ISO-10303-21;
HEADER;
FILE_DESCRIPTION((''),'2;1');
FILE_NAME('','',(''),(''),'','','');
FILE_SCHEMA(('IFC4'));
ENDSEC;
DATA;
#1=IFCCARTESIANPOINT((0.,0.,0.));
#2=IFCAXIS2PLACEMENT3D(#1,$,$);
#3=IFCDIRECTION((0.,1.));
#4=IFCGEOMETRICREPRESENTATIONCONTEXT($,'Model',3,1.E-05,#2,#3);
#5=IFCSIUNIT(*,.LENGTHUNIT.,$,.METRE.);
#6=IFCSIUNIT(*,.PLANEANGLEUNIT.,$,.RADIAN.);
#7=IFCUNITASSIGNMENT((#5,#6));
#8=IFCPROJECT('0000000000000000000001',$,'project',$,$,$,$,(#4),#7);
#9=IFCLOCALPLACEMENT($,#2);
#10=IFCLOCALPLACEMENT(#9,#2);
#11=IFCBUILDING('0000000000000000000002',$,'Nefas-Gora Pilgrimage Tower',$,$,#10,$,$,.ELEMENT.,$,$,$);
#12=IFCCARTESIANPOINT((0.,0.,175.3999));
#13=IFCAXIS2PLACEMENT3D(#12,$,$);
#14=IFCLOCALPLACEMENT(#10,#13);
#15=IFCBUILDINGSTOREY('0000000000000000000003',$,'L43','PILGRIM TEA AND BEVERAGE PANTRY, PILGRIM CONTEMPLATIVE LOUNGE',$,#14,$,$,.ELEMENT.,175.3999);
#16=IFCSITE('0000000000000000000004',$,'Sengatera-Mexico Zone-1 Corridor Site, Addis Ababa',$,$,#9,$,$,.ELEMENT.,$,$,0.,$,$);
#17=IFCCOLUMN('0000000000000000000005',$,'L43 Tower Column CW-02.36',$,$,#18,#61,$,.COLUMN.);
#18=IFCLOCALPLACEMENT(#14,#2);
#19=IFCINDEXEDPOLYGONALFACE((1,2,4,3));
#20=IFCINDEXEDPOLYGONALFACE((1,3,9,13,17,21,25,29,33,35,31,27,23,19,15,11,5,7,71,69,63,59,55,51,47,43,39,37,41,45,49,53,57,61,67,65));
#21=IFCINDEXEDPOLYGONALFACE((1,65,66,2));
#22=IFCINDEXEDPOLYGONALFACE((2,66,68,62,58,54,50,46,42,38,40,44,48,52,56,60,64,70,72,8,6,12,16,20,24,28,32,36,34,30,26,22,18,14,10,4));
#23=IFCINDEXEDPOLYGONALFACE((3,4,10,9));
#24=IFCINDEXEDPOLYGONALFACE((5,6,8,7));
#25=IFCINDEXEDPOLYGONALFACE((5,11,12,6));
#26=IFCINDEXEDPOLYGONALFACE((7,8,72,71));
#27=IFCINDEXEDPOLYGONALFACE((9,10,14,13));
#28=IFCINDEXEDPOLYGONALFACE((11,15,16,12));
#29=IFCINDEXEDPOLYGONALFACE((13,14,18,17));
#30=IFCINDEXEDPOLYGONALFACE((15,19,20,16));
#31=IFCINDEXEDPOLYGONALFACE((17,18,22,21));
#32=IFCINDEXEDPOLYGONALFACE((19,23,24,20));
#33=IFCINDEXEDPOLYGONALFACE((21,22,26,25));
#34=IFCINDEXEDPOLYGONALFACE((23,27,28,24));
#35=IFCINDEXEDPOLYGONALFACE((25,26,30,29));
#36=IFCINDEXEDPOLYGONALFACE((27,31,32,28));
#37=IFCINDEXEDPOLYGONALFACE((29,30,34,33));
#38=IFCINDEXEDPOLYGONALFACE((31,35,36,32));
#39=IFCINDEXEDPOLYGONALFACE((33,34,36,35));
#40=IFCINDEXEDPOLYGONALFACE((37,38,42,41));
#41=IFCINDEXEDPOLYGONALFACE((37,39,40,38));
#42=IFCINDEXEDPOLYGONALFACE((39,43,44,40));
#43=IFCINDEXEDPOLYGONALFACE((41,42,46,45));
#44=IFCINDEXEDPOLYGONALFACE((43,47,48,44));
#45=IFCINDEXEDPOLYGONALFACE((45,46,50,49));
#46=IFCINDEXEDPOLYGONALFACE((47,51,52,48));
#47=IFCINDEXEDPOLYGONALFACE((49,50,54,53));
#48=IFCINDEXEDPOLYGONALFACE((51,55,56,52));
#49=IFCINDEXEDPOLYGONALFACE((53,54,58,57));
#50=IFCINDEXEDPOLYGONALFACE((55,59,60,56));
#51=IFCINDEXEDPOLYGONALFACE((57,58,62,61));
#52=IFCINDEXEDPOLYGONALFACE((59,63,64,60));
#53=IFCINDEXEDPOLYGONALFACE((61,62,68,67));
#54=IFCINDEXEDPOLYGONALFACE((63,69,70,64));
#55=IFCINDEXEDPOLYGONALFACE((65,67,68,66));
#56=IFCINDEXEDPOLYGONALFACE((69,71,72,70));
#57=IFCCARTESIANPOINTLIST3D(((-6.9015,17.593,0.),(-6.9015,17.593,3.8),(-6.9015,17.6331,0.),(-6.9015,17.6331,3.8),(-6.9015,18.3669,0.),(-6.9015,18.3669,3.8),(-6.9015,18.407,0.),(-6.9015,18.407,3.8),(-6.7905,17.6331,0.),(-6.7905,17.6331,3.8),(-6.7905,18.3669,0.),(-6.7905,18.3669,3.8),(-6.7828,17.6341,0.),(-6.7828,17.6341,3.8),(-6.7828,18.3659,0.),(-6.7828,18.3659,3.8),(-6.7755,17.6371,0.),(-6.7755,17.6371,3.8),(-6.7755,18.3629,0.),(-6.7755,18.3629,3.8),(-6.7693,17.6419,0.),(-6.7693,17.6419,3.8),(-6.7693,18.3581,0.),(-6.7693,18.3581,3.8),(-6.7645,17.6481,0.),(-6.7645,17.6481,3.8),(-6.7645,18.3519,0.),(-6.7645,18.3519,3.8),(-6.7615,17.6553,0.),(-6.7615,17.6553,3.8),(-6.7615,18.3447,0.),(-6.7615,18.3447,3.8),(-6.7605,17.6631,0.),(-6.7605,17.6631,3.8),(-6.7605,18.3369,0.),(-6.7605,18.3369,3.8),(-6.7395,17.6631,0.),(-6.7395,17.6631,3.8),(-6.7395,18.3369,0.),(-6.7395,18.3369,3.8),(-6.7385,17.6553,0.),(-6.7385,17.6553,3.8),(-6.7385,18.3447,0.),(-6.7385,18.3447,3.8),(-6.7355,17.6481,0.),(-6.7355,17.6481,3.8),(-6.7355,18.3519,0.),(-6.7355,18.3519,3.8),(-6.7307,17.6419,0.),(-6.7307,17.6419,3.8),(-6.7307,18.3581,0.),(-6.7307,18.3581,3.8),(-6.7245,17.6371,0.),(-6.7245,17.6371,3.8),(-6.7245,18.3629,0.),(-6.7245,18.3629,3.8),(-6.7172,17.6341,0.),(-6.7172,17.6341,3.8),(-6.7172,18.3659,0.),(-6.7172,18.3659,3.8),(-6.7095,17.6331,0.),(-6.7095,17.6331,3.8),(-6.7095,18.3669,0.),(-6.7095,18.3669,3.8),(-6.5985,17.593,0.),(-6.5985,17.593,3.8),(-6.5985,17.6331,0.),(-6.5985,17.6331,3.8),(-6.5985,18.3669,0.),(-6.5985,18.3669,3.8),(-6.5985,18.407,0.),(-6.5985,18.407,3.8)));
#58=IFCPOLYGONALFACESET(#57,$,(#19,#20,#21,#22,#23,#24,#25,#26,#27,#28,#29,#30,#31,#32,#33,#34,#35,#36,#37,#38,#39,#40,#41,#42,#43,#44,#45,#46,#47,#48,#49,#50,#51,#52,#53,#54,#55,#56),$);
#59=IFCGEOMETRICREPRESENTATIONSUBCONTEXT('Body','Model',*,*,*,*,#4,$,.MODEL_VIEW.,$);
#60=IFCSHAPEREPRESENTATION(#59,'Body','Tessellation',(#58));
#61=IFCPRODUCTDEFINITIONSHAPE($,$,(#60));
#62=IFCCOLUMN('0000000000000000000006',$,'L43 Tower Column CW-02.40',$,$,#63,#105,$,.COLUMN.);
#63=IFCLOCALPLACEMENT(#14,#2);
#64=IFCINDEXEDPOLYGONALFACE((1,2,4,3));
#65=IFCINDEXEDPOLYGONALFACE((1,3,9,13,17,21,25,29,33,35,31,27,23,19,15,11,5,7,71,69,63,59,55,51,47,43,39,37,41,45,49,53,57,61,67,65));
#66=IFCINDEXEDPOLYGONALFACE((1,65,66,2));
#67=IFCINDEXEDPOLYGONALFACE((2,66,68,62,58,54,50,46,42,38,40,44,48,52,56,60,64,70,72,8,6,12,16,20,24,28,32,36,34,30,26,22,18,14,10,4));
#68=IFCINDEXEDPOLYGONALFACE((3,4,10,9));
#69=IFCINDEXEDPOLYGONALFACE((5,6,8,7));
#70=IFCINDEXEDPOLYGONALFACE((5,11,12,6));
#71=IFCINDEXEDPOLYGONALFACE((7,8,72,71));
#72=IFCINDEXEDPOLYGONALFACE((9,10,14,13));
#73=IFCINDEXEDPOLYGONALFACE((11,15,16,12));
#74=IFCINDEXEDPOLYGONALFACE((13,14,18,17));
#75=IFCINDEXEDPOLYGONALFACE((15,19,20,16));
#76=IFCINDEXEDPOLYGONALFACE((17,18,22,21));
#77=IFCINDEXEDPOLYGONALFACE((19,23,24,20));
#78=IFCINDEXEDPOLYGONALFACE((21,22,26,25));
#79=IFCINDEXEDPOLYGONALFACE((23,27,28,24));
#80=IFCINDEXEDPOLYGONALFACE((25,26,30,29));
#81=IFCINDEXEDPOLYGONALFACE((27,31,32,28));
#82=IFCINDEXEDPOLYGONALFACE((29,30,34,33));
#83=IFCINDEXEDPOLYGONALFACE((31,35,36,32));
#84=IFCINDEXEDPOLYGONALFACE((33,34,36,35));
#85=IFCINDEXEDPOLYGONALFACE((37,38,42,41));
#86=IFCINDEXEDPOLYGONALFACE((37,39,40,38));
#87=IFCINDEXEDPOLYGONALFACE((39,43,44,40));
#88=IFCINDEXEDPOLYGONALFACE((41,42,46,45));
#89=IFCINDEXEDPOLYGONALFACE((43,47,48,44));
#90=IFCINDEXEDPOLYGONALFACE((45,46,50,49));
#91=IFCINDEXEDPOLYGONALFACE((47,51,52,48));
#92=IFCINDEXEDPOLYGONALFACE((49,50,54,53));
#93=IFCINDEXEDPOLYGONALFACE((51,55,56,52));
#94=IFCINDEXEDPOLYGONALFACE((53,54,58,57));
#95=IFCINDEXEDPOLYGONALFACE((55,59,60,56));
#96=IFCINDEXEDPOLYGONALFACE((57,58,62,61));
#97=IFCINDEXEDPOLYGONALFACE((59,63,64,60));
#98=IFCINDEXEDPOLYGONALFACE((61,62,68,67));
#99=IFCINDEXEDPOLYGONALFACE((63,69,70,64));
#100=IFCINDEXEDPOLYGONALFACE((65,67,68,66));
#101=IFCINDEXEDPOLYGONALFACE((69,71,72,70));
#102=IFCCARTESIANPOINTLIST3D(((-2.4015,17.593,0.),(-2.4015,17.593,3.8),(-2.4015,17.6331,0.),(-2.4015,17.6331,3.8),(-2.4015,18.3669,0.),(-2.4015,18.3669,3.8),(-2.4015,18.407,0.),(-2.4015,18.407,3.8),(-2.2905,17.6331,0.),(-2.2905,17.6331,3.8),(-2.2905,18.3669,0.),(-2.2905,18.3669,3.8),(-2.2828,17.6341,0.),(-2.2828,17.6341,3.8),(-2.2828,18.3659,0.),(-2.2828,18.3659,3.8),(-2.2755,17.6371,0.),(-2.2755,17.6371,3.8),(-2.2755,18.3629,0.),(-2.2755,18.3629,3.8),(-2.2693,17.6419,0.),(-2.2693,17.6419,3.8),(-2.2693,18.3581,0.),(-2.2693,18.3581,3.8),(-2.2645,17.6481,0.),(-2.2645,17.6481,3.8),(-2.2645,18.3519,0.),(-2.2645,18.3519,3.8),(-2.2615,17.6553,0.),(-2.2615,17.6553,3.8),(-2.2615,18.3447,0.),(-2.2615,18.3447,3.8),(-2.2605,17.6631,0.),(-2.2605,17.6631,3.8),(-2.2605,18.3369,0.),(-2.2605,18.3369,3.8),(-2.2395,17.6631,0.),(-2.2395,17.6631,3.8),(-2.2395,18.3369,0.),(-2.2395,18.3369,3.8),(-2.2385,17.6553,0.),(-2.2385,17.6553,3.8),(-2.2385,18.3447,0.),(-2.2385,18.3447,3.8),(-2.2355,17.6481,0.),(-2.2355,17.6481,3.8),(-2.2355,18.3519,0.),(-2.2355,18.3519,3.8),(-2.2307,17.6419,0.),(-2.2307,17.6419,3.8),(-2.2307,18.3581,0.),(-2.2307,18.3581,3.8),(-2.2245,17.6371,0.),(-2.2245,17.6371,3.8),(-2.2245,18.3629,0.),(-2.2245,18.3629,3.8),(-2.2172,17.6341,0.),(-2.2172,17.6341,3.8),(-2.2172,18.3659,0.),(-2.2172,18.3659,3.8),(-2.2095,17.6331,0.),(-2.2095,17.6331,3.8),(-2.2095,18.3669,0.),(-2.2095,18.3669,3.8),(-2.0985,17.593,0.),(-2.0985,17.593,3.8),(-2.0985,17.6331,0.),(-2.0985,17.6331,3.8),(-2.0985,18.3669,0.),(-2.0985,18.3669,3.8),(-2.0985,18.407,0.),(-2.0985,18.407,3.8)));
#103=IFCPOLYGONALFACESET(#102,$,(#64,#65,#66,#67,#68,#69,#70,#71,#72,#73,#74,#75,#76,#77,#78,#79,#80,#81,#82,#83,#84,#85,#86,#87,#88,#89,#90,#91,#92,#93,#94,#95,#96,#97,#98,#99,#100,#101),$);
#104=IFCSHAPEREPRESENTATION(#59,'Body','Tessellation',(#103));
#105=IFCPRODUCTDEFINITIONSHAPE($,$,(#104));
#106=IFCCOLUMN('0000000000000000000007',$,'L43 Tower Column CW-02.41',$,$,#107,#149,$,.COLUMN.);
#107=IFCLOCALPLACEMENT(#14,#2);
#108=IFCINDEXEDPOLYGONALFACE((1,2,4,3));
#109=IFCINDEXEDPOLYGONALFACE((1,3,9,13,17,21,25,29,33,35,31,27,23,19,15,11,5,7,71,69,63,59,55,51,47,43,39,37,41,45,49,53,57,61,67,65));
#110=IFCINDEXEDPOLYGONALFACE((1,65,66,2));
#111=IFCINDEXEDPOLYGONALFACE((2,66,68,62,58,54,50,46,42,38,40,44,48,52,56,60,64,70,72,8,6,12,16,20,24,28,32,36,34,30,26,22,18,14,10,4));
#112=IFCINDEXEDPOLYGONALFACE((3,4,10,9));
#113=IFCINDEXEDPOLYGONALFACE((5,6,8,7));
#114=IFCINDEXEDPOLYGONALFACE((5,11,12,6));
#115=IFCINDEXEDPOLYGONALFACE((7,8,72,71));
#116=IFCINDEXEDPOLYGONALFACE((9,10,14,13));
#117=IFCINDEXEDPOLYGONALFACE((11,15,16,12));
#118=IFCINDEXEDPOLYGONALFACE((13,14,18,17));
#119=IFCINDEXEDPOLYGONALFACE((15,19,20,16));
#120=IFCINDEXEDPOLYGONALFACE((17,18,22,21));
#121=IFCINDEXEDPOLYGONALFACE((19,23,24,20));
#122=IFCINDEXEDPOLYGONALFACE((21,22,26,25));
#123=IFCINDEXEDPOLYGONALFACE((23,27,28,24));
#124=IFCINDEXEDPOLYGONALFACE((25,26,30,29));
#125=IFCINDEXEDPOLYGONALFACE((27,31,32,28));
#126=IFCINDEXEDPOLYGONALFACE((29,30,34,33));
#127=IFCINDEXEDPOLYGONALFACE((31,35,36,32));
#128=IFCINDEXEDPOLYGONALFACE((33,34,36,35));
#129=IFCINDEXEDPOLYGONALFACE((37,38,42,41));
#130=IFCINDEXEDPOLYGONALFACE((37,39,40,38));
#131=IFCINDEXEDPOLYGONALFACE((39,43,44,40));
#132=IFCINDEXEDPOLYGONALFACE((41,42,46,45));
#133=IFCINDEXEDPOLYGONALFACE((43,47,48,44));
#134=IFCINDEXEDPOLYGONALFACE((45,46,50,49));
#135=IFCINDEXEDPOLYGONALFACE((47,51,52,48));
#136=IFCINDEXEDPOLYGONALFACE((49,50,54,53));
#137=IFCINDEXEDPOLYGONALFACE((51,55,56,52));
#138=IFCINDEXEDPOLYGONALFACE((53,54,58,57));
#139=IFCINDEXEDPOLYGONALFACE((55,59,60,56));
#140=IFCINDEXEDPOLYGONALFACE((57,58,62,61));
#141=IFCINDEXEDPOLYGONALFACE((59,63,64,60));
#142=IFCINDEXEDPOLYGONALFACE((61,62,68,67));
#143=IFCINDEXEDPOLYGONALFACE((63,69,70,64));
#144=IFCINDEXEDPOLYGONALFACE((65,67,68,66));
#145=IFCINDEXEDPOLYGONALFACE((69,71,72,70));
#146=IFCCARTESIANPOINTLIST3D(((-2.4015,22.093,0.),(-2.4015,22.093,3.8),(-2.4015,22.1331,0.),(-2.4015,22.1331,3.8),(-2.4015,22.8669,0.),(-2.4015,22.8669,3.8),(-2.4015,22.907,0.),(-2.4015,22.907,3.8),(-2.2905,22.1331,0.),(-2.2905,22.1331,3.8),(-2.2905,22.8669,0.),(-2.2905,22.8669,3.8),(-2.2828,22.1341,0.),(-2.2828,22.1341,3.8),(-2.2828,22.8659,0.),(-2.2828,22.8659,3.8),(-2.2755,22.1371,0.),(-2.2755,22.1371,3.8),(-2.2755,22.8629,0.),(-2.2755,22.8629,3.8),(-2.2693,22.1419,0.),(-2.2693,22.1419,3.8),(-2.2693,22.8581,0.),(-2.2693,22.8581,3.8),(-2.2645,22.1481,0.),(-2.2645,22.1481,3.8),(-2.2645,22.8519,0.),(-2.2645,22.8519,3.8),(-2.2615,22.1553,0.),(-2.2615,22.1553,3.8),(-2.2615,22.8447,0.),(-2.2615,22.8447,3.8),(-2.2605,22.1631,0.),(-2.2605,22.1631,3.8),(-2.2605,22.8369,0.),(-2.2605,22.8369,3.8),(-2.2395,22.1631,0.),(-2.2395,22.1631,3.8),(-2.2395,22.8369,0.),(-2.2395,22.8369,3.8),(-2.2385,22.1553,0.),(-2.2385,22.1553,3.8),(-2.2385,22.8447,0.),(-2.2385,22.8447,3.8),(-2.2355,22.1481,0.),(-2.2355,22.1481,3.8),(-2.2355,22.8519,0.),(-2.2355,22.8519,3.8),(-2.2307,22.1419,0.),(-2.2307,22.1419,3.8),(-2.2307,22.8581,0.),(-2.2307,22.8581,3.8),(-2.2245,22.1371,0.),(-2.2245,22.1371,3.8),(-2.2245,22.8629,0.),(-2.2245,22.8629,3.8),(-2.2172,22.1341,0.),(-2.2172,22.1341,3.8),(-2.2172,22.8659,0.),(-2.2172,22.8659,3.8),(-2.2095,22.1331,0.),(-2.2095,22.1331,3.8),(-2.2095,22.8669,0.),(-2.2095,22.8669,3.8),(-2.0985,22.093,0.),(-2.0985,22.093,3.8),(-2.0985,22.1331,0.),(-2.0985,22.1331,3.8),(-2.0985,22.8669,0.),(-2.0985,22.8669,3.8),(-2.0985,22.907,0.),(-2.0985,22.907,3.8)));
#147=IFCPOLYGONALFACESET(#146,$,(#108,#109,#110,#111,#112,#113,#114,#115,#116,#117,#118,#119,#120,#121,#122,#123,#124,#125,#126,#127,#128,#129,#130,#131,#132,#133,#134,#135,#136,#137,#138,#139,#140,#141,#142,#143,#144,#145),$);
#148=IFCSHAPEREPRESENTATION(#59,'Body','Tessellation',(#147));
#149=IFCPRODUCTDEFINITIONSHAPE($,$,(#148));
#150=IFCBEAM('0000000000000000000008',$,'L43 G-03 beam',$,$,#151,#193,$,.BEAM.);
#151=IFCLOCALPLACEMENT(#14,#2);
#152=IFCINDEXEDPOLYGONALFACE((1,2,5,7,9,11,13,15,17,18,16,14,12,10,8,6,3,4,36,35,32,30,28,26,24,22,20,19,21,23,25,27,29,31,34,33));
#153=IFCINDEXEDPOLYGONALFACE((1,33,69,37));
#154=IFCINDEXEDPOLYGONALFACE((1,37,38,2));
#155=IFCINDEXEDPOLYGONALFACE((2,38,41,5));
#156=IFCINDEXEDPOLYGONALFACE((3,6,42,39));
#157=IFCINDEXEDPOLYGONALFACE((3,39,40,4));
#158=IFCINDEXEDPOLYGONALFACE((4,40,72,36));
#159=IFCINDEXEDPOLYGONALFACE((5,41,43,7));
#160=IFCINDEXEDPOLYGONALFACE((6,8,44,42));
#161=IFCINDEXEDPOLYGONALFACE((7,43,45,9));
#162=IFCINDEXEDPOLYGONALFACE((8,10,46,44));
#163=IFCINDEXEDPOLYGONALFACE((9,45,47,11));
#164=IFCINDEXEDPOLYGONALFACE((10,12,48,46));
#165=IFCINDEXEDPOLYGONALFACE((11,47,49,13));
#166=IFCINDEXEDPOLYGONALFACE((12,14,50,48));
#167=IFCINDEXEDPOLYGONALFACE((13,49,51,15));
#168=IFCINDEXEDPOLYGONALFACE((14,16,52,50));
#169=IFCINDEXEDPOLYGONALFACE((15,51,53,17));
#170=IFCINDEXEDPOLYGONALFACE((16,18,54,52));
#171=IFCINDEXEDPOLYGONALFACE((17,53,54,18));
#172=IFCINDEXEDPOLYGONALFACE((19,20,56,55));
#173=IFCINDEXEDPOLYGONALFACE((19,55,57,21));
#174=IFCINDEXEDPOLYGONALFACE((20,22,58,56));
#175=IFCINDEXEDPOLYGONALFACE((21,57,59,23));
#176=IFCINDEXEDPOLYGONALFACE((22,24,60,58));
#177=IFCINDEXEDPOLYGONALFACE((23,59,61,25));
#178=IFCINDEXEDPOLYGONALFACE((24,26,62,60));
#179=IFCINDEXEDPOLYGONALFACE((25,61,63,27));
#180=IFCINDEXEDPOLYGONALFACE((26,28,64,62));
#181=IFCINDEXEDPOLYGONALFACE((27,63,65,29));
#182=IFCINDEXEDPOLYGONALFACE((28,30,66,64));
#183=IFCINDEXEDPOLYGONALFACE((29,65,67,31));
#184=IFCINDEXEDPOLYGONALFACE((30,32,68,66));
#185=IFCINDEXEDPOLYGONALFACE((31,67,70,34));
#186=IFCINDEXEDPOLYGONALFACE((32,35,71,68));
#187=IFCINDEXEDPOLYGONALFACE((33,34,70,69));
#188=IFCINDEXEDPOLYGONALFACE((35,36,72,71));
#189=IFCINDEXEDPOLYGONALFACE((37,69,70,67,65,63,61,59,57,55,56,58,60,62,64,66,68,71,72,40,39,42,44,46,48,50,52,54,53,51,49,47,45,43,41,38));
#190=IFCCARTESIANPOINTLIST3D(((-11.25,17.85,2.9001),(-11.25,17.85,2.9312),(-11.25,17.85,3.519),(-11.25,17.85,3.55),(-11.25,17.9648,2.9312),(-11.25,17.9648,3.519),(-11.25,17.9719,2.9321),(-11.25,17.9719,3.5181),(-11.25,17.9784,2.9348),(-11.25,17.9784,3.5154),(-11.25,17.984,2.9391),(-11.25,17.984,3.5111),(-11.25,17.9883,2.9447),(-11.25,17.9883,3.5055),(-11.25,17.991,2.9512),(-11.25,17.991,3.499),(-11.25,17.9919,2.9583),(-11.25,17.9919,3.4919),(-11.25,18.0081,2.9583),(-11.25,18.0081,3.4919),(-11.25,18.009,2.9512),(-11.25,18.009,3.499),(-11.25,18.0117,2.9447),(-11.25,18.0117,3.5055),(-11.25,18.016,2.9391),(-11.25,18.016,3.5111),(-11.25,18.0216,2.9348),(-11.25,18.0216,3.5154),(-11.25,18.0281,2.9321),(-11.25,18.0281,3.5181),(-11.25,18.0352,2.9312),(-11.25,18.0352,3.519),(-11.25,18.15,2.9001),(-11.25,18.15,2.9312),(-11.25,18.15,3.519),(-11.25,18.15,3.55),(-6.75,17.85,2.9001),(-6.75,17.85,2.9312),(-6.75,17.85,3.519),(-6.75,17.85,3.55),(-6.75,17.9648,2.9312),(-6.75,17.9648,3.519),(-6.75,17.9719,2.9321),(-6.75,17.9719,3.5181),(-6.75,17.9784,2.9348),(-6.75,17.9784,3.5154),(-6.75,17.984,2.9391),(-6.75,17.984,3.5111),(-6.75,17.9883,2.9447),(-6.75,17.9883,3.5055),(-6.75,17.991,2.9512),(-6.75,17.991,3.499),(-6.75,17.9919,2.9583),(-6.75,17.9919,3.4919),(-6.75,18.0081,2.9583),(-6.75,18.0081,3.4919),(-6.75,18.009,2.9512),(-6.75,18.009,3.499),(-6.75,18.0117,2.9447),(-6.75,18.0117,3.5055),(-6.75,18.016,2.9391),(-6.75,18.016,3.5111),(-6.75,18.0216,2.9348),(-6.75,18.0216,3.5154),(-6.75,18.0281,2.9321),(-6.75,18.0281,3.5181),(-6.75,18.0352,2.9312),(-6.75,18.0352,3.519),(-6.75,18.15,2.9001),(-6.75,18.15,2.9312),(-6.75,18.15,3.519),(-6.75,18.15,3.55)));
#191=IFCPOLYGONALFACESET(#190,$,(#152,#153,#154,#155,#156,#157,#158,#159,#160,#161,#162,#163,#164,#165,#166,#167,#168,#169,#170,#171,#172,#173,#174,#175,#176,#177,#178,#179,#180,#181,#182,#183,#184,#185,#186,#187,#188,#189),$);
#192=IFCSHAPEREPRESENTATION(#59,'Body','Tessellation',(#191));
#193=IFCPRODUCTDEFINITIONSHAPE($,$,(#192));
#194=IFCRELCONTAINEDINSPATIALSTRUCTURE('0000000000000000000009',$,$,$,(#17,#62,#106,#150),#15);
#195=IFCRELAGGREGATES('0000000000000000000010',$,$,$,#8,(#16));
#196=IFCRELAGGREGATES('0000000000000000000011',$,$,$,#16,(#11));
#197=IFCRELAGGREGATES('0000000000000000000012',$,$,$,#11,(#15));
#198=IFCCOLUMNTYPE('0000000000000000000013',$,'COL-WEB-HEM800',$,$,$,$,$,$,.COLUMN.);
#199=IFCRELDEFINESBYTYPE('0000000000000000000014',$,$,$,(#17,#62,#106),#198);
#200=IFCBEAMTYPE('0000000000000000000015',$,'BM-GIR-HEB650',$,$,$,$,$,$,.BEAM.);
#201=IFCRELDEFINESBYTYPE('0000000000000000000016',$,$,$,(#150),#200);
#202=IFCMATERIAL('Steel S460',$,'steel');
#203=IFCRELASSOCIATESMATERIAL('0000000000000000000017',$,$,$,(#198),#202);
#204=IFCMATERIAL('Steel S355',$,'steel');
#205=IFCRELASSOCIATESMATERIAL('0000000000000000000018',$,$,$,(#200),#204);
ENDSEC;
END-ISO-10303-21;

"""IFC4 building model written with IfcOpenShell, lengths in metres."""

from ifc_helpers import new_model, si_unit, direction, frame, origin, origin_2d, place, context, subcontext, project, spatial, i_section, extrude, source, transform, mapped, material, material_profile, profile_set, type_object, element, save


model = new_model("IFC4")

# Units and contexts
model_context = context("Model", 3, precision=1e-05, world=origin(), true_north=direction((0.0, 1.0)))
body_context = subcontext(model_context, "Body", "Model", "MODEL_VIEW")
ifc_project = project(units=[si_unit("LENGTHUNIT", "METRE"), si_unit("PLANEANGLEUNIT", "RADIAN")], contexts=[model_context])

# Site, building, storey
site_placement = place(None, origin())
site = spatial("IfcSite", under=ifc_project, at=site_placement, Name="Sengatera-Mexico Zone-1 Corridor Site, Addis Ababa", CompositionType="ELEMENT", RefElevation=0.0)
building_placement = place(site_placement, origin())
building = spatial("IfcBuilding", under=site, at=building_placement, Name="Nefas-Gora Pilgrimage Tower", CompositionType="ELEMENT")
storey_placement = place(building_placement, frame((0.0, 0.0, 175.3999)))
storey = spatial("IfcBuildingStorey", under=building, at=storey_placement, Name="L43", Description="PILGRIM TEA AND BEVERAGE PANTRY, PILGRIM CONTEMPLATIVE LOUNGE", CompositionType="ELEMENT", Elevation=175.3999)

# Columns
ifc_material_1 = material(Name="Steel S460", Category="steel")
ifc_material_profile_1 = material_profile(ifc_material_1, i_section(OverallWidth=0.303, OverallDepth=0.814, WebThickness=0.021, FlangeThickness=0.04, FilletRadius=0.03, at=origin_2d()), Name="HEM 800")
ifc_profile_set_1 = profile_set([ifc_material_profile_1], Name="Steel S460")
column_type_1 = type_object("IfcColumnType", Name="COL-WEB-HEM800", PredefinedType="COLUMN", material=ifc_profile_set_1)
shared_shape_1 = source(origin(), body_context, "Body", "SweptSolid", [
    extrude(i_section(OverallWidth=0.303, OverallDepth=0.814, WebThickness=0.021, FlangeThickness=0.04, FilletRadius=0.03, at=origin_2d()), origin(), (0.0, 0.0, 1.0), 3.8),
])
for number, where, z_axis, x_axis, name in (
    (1, (-6.75, 18.0, 0.0), (0.0, 0.0, 1.0), (1.0, 0.0, 0.0), "L43 Tower Column CW-02.36"),
    (2, (-2.25, 18.0, 0.0), (0.0, 0.0, 1.0), (1.0, 0.0, 0.0), "L43 Tower Column CW-02.40"),
    (3, (-2.25, 22.5, 0.0), (0.0, 0.0, 1.0), (1.0, 0.0, 0.0), "L43 Tower Column CW-02.41"),
):
    element("IfcColumn", number, at=place(storey_placement, frame(where, z_axis=z_axis, x_axis=x_axis)), inside=storey, type_object=column_type_1, Name=name, PredefinedType="COLUMN", context=body_context, shape_type="MappedRepresentation", body=[
        mapped(shared_shape_1, transform((0.0, 0.0, 0.0), x_axis=(1.0, 0.0, 0.0), y_axis=(0.0, 1.0, 0.0), z_axis=(0.0, 0.0, 1.0), scale=1.0)),
    ])

# Beam
ifc_material_2 = material(Name="Steel S355", Category="steel")
ifc_material_profile_2 = material_profile(ifc_material_2, i_section(OverallWidth=0.3, OverallDepth=0.6499, WebThickness=0.0161, FlangeThickness=0.031, FilletRadius=0.0271, at=origin_2d()), Name="HEB 650")
ifc_profile_set_2 = profile_set([ifc_material_profile_2], Name="Steel S355")
beam_type = type_object("IfcBeamType", Name="BM-GIR-HEB650", PredefinedType="BEAM", material=ifc_profile_set_2)
shared_shape_2 = source(origin(), body_context, "Body", "SweptSolid", [
    extrude(i_section(OverallWidth=0.3, OverallDepth=0.6499, WebThickness=0.0161, FlangeThickness=0.031, FilletRadius=0.0271, at=origin_2d()), origin(), (0.0, 0.0, 1.0), 4.5),
])
for number, where, z_axis, x_axis, name in (
    (4, (-11.25, 18.0, 3.2251), (1.0, 0.0, 0.0), (0.0, 1.0, 0.0), "L43 G-03 beam"),
):
    element("IfcBeam", number, at=place(storey_placement, frame(where, z_axis=z_axis, x_axis=x_axis)), inside=storey, type_object=beam_type, Name=name, PredefinedType="BEAM", context=body_context, shape_type="MappedRepresentation", body=[
        mapped(shared_shape_2, transform((0.0, 0.0, 0.0), x_axis=(1.0, 0.0, 0.0), y_axis=(0.0, 1.0, 0.0), z_axis=(0.0, 0.0, 1.0), scale=1.0)),
    ])

save(model, "model.ifc")
